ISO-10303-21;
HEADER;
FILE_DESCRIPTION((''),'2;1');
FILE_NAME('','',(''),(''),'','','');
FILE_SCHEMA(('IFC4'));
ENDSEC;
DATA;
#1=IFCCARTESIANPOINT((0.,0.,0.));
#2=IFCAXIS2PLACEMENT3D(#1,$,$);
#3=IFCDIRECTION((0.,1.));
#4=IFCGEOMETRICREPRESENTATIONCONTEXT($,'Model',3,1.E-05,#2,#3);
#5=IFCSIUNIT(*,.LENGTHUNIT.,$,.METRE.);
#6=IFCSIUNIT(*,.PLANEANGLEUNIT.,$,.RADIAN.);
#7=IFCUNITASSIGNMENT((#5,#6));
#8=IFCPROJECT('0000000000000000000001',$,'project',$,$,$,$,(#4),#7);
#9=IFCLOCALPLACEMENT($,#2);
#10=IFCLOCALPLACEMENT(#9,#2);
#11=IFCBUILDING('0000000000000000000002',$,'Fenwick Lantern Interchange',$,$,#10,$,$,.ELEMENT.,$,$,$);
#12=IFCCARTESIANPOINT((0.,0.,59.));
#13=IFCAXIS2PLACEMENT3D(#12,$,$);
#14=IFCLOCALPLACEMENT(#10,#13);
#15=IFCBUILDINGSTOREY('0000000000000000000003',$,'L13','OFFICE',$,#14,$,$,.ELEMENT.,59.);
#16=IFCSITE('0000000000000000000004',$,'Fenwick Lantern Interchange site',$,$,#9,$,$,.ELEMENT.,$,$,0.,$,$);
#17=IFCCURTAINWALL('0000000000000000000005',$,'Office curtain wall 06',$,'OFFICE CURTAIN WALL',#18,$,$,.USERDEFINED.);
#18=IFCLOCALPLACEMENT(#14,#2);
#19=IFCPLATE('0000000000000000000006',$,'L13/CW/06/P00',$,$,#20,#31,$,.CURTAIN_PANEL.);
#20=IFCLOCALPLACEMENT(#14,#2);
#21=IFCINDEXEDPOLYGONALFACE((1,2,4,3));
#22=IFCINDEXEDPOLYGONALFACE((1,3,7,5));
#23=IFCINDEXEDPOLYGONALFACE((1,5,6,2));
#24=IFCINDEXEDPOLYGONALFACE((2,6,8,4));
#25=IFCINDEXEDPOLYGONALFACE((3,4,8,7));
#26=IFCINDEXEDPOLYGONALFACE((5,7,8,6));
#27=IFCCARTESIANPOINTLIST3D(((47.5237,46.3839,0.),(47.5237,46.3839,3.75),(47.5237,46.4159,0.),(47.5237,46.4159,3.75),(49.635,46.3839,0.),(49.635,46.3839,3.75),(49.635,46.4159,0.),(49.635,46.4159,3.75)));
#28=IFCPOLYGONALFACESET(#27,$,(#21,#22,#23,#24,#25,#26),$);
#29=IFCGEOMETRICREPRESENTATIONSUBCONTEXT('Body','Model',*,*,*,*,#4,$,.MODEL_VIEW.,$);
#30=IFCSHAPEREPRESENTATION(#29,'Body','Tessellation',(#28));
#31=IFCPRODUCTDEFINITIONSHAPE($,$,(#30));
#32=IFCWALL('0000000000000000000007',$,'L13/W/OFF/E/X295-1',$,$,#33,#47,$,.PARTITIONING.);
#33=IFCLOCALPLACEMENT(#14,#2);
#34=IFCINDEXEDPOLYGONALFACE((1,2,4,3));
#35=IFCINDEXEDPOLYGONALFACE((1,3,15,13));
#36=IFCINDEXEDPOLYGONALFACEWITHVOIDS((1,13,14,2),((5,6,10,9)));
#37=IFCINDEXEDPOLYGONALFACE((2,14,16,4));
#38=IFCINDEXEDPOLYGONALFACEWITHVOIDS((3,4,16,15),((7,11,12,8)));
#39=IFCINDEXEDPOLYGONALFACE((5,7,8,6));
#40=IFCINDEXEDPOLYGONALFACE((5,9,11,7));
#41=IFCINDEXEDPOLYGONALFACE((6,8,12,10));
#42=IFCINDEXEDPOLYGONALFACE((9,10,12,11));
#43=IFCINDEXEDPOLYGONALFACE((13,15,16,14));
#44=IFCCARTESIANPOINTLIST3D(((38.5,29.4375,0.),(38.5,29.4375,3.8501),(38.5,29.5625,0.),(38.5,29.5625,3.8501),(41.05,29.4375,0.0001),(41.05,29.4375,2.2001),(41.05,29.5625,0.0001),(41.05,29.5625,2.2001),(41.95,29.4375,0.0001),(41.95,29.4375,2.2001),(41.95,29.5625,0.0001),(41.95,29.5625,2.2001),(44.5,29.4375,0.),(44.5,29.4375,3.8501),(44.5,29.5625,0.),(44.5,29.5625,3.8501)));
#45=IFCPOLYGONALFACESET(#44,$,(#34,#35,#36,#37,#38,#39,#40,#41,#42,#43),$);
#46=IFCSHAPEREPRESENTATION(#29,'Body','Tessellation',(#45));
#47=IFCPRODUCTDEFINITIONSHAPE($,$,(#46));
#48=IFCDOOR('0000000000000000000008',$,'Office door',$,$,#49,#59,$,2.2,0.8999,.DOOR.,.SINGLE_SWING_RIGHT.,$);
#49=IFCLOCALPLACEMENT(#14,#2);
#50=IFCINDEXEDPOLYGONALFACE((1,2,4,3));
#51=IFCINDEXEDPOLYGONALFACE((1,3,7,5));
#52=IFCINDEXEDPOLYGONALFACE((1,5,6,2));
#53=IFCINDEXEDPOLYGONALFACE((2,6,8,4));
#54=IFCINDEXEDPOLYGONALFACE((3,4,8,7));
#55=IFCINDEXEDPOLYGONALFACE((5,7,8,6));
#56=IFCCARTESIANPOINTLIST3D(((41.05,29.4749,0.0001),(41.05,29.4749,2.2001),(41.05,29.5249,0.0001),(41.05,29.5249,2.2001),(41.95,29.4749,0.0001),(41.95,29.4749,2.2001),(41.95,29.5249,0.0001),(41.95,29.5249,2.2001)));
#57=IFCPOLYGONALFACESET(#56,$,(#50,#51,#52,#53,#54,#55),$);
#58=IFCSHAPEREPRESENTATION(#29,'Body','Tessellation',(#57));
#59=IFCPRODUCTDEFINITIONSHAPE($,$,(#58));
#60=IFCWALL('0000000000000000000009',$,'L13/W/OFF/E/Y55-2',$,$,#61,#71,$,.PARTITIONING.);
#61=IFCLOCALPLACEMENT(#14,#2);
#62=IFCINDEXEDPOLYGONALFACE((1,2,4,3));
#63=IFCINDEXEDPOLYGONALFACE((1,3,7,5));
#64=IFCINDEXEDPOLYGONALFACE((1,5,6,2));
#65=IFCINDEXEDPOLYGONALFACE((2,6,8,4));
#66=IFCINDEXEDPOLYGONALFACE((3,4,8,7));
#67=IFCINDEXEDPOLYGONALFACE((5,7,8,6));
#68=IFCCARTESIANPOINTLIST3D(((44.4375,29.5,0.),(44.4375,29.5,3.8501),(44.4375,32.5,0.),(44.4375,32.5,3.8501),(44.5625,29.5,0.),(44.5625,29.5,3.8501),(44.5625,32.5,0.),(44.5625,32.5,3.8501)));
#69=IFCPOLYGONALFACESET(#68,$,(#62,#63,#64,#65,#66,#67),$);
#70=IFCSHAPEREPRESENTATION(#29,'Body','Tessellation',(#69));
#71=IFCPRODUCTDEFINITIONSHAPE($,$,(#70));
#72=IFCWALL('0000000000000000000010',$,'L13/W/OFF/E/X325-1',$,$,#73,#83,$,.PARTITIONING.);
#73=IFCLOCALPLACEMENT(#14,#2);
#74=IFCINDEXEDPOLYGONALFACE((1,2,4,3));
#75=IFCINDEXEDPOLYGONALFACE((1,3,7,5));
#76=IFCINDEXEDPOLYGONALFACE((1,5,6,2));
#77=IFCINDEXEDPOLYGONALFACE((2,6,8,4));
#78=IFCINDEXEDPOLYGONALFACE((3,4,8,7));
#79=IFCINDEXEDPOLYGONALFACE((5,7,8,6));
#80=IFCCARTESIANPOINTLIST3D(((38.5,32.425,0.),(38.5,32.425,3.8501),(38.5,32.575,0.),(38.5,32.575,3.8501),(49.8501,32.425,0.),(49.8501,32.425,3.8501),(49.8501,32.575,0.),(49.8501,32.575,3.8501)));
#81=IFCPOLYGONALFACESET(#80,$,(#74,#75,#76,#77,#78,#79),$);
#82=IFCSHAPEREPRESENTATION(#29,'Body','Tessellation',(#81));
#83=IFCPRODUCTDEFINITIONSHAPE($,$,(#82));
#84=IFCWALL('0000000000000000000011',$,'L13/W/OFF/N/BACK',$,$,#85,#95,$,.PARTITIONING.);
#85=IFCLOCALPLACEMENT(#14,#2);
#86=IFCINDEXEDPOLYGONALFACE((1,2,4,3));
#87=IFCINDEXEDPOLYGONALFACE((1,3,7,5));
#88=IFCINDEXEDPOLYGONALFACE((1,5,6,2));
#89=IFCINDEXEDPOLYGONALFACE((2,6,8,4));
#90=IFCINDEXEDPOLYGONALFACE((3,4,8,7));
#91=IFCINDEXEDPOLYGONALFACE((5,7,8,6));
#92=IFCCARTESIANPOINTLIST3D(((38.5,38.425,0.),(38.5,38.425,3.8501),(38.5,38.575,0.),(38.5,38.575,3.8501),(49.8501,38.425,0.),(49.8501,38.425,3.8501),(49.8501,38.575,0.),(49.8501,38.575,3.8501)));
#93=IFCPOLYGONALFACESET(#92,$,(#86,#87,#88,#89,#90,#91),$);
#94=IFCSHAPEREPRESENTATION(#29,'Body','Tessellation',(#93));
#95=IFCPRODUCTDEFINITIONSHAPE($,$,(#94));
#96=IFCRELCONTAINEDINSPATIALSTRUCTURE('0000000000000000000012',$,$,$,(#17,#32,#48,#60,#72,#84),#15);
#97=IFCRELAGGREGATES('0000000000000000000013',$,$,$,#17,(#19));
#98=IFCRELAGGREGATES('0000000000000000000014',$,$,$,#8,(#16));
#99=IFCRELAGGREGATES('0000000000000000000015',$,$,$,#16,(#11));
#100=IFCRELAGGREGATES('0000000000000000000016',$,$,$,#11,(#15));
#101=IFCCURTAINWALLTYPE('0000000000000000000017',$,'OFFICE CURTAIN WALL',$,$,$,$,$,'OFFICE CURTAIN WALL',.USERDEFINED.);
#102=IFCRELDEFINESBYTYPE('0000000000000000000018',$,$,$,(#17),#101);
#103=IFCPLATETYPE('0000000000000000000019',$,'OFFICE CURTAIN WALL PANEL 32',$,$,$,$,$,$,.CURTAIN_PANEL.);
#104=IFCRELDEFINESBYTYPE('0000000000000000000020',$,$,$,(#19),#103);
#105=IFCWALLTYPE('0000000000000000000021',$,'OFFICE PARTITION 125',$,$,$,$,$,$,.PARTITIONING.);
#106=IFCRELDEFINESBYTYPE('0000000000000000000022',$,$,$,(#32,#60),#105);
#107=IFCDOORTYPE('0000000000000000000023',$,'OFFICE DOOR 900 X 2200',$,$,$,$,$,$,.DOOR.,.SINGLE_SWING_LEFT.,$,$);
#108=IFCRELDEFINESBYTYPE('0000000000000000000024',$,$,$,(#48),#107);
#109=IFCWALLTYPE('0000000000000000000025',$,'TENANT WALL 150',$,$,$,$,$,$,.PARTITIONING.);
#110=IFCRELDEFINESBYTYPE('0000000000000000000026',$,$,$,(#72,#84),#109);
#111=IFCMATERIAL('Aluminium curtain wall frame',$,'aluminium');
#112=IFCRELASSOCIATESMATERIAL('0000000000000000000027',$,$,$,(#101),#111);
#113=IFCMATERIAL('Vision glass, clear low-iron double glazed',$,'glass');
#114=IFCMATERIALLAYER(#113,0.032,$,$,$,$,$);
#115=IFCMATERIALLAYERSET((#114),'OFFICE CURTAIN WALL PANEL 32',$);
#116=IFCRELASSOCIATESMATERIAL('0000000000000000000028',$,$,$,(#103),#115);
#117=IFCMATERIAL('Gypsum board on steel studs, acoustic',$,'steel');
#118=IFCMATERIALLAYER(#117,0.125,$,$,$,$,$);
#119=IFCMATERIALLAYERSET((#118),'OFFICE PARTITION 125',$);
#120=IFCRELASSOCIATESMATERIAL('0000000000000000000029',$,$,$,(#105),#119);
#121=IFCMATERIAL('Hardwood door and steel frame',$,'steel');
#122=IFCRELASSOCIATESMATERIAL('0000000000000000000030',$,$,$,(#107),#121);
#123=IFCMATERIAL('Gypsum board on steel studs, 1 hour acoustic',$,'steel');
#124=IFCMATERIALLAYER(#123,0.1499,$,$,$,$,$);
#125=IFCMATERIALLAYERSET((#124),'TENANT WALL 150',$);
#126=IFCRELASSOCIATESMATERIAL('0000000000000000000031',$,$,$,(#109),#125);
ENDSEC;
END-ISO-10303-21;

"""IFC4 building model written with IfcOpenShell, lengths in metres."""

from ifc_helpers import new_model, si_unit, direction, frame, frame_2d, origin, origin_2d, place, context, subcontext, project, spatial, rectangle, extrude, material, layer, layer_set, type_object, element, fill, aggregate, save


model = new_model("IFC4")

# Units and contexts
model_context = context("Model", 3, precision=1e-05, world=origin(), true_north=direction((0.0, 1.0)))
body_context = subcontext(model_context, "Body", "Model", "MODEL_VIEW")
ifc_project = project(units=[si_unit("LENGTHUNIT", "METRE"), si_unit("PLANEANGLEUNIT", "RADIAN")], contexts=[model_context])

# Site, building, storey
site_placement = place(None, origin())
site = spatial("IfcSite", under=ifc_project, at=site_placement, Name="Fenwick Lantern Interchange site", CompositionType="ELEMENT", RefElevation=0.0)
building_placement = place(site_placement, origin())
building = spatial("IfcBuilding", under=site, at=building_placement, Name="Fenwick Lantern Interchange", CompositionType="ELEMENT")
storey_placement = place(building_placement, frame((0.0, 0.0, 59.0)))
storey = spatial("IfcBuildingStorey", under=building, at=storey_placement, Name="L13", Description="OFFICE", CompositionType="ELEMENT", Elevation=59.0)

# Curtain wall
ifc_material_1 = material(Name="Aluminium curtain wall frame", Category="aluminium")
curtain_wall_type = type_object("IfcCurtainWallType", Name="OFFICE CURTAIN WALL", ElementType="OFFICE CURTAIN WALL", PredefinedType="USERDEFINED", material=ifc_material_1)
curtain_wall_1_placement = place(storey_placement, origin())
curtain_wall_1 = element("IfcCurtainWall", 1, at=curtain_wall_1_placement, inside=storey, type_object=curtain_wall_type, Name="Office curtain wall 06", ObjectType="OFFICE CURTAIN WALL", PredefinedType="USERDEFINED")

# Plate
ifc_material_2 = material(Name="Vision glass, clear low-iron double glazed", Category="glass")
ifc_layer_1 = layer(ifc_material_2, 0.032)
ifc_layer_set_1 = layer_set([ifc_layer_1], Name="OFFICE CURTAIN WALL PANEL 32")
plate_type = type_object("IfcPlateType", Name="OFFICE CURTAIN WALL PANEL 32", PredefinedType="CURTAIN_PANEL", material=ifc_layer_set_1)
plate_placement = place(storey_placement, frame((48.5793, 46.3999, 0.0), z_axis=(0.0, 0.0, 1.0), x_axis=(-1.0, 0.0, 0.0)))
plate = element("IfcPlate", 2, at=plate_placement, type_object=plate_type, Name="L13/CW/06/P00", PredefinedType="CURTAIN_PANEL", context=body_context, shape_type="SweptSolid", body=[
    extrude(rectangle(XDim=2.1113, YDim=0.032, at=origin_2d()), origin(), (0.0, 0.0, 1.0), 3.75),
])
aggregate(curtain_wall_1, [plate])

# Wall, opening, door
ifc_material_3 = material(Name="Gypsum board on steel studs, acoustic", Category="steel")
ifc_layer_2 = layer(ifc_material_3, 0.125)
ifc_layer_set_2 = layer_set([ifc_layer_2], Name="OFFICE PARTITION 125")
wall_type_1 = type_object("IfcWallType", Name="OFFICE PARTITION 125", PredefinedType="PARTITIONING", material=ifc_layer_set_2)
wall_1_placement = place(storey_placement, frame((44.5, 29.5, 0.0), z_axis=(0.0, 0.0, 1.0), x_axis=(-1.0, 0.0, 0.0)))
wall_1 = element("IfcWall", 3, at=wall_1_placement, inside=storey, type_object=wall_type_1, Name="L13/W/OFF/E/X295-1", PredefinedType="PARTITIONING", context=body_context, shape_type="SweptSolid", body=[
    extrude(rectangle(XDim=6.0, YDim=0.125, at=frame_2d((3.0, 0.0))), origin(), (0.0, 0.0, 1.0), 3.8501),
])
opening_placement = place(wall_1_placement, frame((2.55, 0.0, 0.0)))
opening = element("IfcOpeningElement", 4, at=opening_placement, cuts=wall_1, PredefinedType="OPENING", context=body_context, shape_type="SweptSolid", body=[
    extrude(rectangle(XDim=0.8999, YDim=2.2, at=frame_2d((0.45, 1.1001))), frame((0.0, 0.0725, 0.0), z_axis=(0.0, -1.0, 0.0), x_axis=(1.0, 0.0, 0.0)), (0.0, 0.0, 1.0), 0.145),
])
ifc_material_4 = material(Name="Hardwood door and steel frame", Category="steel")
door_type = type_object("IfcDoorType", Name="OFFICE DOOR 900 X 2200", OperationType="SINGLE_SWING_LEFT", PredefinedType="DOOR", material=ifc_material_4)
door_placement = place(opening_placement, frame((0.8999, 0.0, 0.0), z_axis=(0.0, 0.0, 1.0), x_axis=(-1.0, 0.0, 0.0)))
door = element("IfcDoor", 5, at=door_placement, inside=storey, type_object=door_type, Name="Office door", OperationType="SINGLE_SWING_RIGHT", OverallHeight=2.2, OverallWidth=0.8999, PredefinedType="DOOR", context=body_context, shape_type="SweptSolid", body=[
    extrude(rectangle(XDim=0.8999, YDim=2.2, at=frame_2d((0.45, 1.1001))), frame((0.0, 0.0249, 0.0), z_axis=(0.0, -1.0, 0.0), x_axis=(1.0, 0.0, 0.0)), (0.0, 0.0, 1.0), 0.05),
])
fill(opening, door)

# Walls
wall_2_placement = place(storey_placement, frame((44.5, 29.5, 0.0), z_axis=(0.0, 0.0, 1.0), x_axis=(0.0, 1.0, 0.0)))
element("IfcWall", 6, at=wall_2_placement, inside=storey, type_object=wall_type_1, Name="L13/W/OFF/E/Y55-2", PredefinedType="PARTITIONING", context=body_context, shape_type="SweptSolid", body=[
    extrude(rectangle(XDim=3.0, YDim=0.125, at=frame_2d((1.5, 0.0))), origin(), (0.0, 0.0, 1.0), 3.8501),
])
ifc_material_5 = material(Name="Gypsum board on steel studs, 1 hour acoustic", Category="steel")
ifc_layer_3 = layer(ifc_material_5, 0.1499)
ifc_layer_set_3 = layer_set([ifc_layer_3], Name="TENANT WALL 150")
wall_type_2 = type_object("IfcWallType", Name="TENANT WALL 150", PredefinedType="PARTITIONING", material=ifc_layer_set_3)
for number, where, z_axis, x_axis, name in (
    (7, (49.8501, 32.5, 0.0), (0.0, 0.0, 1.0), (-1.0, 0.0, 0.0), "L13/W/OFF/E/X325-1"),
    (8, (49.8501, 38.5, 0.0), (0.0, 0.0, 1.0), (-1.0, 0.0, 0.0), "L13/W/OFF/N/BACK"),
):
    element("IfcWall", number, at=place(storey_placement, frame(where, z_axis=z_axis, x_axis=x_axis)), inside=storey, type_object=wall_type_2, Name=name, PredefinedType="PARTITIONING", context=body_context, shape_type="SweptSolid", body=[
        extrude(rectangle(XDim=11.3501, YDim=0.1499, at=frame_2d((5.675, 0.0))), origin(), (0.0, 0.0, 1.0), 3.8501),
    ])

save(model, "model.ifc")
